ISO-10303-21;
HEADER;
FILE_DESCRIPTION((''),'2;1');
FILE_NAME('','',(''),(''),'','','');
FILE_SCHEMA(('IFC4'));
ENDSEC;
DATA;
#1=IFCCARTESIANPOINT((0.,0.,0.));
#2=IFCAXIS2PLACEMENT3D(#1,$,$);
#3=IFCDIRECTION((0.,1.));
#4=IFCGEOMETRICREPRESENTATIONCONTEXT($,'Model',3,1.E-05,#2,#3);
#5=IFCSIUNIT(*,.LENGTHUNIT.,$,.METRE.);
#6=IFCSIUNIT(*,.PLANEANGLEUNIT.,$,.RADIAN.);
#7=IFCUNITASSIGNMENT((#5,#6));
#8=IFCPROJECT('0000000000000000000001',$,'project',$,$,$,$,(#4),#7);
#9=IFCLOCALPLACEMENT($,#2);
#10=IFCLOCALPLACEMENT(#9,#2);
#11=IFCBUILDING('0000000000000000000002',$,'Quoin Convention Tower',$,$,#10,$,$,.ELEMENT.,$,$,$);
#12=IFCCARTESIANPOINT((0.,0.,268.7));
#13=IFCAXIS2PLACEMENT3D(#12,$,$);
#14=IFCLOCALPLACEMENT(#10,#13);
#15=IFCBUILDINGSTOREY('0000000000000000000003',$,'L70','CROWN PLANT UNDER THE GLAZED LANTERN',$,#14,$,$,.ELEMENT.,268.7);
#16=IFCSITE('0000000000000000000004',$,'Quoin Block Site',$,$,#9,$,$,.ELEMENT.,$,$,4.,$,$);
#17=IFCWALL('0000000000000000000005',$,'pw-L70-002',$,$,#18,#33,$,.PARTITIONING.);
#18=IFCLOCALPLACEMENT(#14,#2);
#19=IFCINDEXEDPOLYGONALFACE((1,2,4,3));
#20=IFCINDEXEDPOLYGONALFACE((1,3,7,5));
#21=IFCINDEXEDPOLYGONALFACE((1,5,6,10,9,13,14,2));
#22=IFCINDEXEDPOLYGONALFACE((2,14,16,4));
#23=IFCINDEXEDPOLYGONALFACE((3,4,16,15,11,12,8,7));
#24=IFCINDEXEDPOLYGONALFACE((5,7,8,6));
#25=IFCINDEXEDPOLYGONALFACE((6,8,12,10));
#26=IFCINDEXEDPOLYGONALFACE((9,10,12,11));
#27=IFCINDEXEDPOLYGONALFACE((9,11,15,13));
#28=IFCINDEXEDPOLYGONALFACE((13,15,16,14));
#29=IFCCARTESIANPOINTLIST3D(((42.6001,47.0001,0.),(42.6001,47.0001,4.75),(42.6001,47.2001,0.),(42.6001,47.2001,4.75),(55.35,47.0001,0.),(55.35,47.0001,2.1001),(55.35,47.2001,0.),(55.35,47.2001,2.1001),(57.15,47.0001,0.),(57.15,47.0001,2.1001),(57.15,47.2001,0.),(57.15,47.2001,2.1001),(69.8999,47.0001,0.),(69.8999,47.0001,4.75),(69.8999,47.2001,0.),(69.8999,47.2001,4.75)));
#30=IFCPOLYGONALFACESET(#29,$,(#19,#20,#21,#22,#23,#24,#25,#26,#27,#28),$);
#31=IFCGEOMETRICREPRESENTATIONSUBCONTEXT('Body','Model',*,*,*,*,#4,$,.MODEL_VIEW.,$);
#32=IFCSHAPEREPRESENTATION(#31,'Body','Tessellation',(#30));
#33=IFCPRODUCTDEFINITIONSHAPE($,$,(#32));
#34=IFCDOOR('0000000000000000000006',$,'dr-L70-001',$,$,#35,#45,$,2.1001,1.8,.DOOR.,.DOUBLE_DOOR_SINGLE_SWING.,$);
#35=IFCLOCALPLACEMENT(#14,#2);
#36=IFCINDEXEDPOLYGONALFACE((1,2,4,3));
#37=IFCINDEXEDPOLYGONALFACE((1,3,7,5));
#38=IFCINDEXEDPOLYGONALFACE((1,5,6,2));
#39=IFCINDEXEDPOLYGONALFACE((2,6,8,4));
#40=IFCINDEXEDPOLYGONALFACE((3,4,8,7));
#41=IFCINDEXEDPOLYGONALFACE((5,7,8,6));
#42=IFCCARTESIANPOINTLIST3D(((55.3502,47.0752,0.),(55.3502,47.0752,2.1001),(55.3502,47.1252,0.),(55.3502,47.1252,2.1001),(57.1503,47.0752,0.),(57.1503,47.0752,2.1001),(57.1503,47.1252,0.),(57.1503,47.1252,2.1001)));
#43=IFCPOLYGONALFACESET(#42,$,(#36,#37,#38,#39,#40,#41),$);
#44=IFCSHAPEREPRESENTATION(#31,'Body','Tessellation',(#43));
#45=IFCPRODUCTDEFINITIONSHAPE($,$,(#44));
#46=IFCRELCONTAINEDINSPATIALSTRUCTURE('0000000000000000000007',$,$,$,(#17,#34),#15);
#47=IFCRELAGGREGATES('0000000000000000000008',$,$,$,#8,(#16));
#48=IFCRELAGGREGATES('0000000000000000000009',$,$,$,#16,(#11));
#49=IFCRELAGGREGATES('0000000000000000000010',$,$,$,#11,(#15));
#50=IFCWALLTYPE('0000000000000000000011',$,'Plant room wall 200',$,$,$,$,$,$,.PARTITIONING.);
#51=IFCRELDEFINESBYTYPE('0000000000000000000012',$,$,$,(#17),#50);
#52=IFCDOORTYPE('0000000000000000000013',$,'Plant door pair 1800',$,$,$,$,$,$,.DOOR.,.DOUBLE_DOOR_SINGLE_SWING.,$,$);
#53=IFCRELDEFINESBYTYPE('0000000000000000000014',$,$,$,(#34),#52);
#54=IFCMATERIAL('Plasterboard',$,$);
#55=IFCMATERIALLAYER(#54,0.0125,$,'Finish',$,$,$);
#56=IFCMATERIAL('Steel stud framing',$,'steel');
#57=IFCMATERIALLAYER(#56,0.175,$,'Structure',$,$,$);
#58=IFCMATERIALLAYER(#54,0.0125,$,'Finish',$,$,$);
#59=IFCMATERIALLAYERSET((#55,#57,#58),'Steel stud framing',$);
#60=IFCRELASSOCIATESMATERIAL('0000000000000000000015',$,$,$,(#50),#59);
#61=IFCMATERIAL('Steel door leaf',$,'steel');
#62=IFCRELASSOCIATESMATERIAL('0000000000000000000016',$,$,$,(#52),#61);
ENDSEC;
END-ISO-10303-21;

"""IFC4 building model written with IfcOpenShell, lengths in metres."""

from ifc_helpers import new_model, si_unit, direction, frame, frame_2d, origin, place, context, subcontext, project, spatial, rectangle, extrude, material, layer, layer_set, type_object, element, fill, save


model = new_model("IFC4")

# Units and contexts
model_context = context("Model", 3, precision=1e-05, world=origin(), true_north=direction((0.0, 1.0)))
body_context = subcontext(model_context, "Body", "Model", "MODEL_VIEW")
ifc_project = project(units=[si_unit("LENGTHUNIT", "METRE"), si_unit("PLANEANGLEUNIT", "RADIAN")], contexts=[model_context])

# Site, building, storey
site_placement = place(None, origin())
site = spatial("IfcSite", under=ifc_project, at=site_placement, Name="Quoin Block Site", CompositionType="ELEMENT", RefElevation=4.0)
building_placement = place(site_placement, origin())
building = spatial("IfcBuilding", under=site, at=building_placement, Name="Quoin Convention Tower", CompositionType="ELEMENT")
storey_placement = place(building_placement, frame((0.0, 0.0, 268.7)))
storey = spatial("IfcBuildingStorey", under=building, at=storey_placement, Name="L70", Description="CROWN PLANT UNDER THE GLAZED LANTERN", CompositionType="ELEMENT", Elevation=268.7)

# Shared definitions
ifc_material_1 = material(Name="Plasterboard")
ifc_layer_1 = layer(ifc_material_1, 0.0125, Name="Finish")
ifc_material_2 = material(Name="Steel stud framing", Category="steel")
ifc_layer_2 = layer(ifc_material_2, 0.175, Name="Structure")
ifc_layer_3 = layer(ifc_material_1, 0.0125, Name="Finish")
ifc_layer_set_1 = layer_set([ifc_layer_1, ifc_layer_2, ifc_layer_3], Name="Steel stud framing")
wall_type = type_object("IfcWallType", Name="Plant room wall 200", PredefinedType="PARTITIONING", material=ifc_layer_set_1)

# Wall, opening, door
wall_1_placement = place(storey_placement, frame((42.6001, 47.1001, 0.0), z_axis=(0.0, 0.0, 1.0), x_axis=(1.0, 0.0, 0.0)))
wall_1 = element("IfcWall", 1, at=wall_1_placement, inside=storey, type_object=wall_type, Name="pw-L70-002", PredefinedType="PARTITIONING", context=body_context, shape_type="SweptSolid", body=[
    extrude(rectangle(XDim=27.2998, YDim=0.2, at=frame_2d((13.6499, 0.0))), origin(), (0.0, 0.0, 1.0), 4.75),
])
opening_placement = place(wall_1_placement, frame((12.75, 0.0, 0.0)))
opening = element("IfcOpeningElement", 2, at=opening_placement, cuts=wall_1, PredefinedType="OPENING", context=body_context, shape_type="SweptSolid", body=[
    extrude(rectangle(XDim=1.8, YDim=2.1001, at=frame_2d((0.8999, 1.05))), frame((0.0, 0.1099, 0.0), z_axis=(0.0, -1.0, 0.0), x_axis=(1.0, 0.0, 0.0)), (0.0, 0.0, 1.0), 0.22),
])
ifc_material_3 = material(Name="Steel door leaf", Category="steel")
door_type = type_object("IfcDoorType", Name="Plant door pair 1800", OperationType="DOUBLE_DOOR_SINGLE_SWING", PredefinedType="DOOR", material=ifc_material_3)
door_placement = place(opening_placement, frame((1.8, 0.0, 0.0), z_axis=(0.0, 0.0, 1.0), x_axis=(-1.0, 0.0, 0.0)))
door = element("IfcDoor", 3, at=door_placement, inside=storey, type_object=door_type, Name="dr-L70-001", OperationType="DOUBLE_DOOR_SINGLE_SWING", OverallHeight=2.1001, OverallWidth=1.8, PredefinedType="DOOR", context=body_context, shape_type="SweptSolid", body=[
    extrude(rectangle(XDim=1.8, YDim=2.1001, at=frame_2d((0.8999, 1.05))), frame((0.0, 0.0249, 0.0), z_axis=(0.0, -1.0, 0.0), x_axis=(1.0, 0.0, 0.0)), (0.0, 0.0, 1.0), 0.05),
])
fill(opening, door)

save(model, "model.ifc")
